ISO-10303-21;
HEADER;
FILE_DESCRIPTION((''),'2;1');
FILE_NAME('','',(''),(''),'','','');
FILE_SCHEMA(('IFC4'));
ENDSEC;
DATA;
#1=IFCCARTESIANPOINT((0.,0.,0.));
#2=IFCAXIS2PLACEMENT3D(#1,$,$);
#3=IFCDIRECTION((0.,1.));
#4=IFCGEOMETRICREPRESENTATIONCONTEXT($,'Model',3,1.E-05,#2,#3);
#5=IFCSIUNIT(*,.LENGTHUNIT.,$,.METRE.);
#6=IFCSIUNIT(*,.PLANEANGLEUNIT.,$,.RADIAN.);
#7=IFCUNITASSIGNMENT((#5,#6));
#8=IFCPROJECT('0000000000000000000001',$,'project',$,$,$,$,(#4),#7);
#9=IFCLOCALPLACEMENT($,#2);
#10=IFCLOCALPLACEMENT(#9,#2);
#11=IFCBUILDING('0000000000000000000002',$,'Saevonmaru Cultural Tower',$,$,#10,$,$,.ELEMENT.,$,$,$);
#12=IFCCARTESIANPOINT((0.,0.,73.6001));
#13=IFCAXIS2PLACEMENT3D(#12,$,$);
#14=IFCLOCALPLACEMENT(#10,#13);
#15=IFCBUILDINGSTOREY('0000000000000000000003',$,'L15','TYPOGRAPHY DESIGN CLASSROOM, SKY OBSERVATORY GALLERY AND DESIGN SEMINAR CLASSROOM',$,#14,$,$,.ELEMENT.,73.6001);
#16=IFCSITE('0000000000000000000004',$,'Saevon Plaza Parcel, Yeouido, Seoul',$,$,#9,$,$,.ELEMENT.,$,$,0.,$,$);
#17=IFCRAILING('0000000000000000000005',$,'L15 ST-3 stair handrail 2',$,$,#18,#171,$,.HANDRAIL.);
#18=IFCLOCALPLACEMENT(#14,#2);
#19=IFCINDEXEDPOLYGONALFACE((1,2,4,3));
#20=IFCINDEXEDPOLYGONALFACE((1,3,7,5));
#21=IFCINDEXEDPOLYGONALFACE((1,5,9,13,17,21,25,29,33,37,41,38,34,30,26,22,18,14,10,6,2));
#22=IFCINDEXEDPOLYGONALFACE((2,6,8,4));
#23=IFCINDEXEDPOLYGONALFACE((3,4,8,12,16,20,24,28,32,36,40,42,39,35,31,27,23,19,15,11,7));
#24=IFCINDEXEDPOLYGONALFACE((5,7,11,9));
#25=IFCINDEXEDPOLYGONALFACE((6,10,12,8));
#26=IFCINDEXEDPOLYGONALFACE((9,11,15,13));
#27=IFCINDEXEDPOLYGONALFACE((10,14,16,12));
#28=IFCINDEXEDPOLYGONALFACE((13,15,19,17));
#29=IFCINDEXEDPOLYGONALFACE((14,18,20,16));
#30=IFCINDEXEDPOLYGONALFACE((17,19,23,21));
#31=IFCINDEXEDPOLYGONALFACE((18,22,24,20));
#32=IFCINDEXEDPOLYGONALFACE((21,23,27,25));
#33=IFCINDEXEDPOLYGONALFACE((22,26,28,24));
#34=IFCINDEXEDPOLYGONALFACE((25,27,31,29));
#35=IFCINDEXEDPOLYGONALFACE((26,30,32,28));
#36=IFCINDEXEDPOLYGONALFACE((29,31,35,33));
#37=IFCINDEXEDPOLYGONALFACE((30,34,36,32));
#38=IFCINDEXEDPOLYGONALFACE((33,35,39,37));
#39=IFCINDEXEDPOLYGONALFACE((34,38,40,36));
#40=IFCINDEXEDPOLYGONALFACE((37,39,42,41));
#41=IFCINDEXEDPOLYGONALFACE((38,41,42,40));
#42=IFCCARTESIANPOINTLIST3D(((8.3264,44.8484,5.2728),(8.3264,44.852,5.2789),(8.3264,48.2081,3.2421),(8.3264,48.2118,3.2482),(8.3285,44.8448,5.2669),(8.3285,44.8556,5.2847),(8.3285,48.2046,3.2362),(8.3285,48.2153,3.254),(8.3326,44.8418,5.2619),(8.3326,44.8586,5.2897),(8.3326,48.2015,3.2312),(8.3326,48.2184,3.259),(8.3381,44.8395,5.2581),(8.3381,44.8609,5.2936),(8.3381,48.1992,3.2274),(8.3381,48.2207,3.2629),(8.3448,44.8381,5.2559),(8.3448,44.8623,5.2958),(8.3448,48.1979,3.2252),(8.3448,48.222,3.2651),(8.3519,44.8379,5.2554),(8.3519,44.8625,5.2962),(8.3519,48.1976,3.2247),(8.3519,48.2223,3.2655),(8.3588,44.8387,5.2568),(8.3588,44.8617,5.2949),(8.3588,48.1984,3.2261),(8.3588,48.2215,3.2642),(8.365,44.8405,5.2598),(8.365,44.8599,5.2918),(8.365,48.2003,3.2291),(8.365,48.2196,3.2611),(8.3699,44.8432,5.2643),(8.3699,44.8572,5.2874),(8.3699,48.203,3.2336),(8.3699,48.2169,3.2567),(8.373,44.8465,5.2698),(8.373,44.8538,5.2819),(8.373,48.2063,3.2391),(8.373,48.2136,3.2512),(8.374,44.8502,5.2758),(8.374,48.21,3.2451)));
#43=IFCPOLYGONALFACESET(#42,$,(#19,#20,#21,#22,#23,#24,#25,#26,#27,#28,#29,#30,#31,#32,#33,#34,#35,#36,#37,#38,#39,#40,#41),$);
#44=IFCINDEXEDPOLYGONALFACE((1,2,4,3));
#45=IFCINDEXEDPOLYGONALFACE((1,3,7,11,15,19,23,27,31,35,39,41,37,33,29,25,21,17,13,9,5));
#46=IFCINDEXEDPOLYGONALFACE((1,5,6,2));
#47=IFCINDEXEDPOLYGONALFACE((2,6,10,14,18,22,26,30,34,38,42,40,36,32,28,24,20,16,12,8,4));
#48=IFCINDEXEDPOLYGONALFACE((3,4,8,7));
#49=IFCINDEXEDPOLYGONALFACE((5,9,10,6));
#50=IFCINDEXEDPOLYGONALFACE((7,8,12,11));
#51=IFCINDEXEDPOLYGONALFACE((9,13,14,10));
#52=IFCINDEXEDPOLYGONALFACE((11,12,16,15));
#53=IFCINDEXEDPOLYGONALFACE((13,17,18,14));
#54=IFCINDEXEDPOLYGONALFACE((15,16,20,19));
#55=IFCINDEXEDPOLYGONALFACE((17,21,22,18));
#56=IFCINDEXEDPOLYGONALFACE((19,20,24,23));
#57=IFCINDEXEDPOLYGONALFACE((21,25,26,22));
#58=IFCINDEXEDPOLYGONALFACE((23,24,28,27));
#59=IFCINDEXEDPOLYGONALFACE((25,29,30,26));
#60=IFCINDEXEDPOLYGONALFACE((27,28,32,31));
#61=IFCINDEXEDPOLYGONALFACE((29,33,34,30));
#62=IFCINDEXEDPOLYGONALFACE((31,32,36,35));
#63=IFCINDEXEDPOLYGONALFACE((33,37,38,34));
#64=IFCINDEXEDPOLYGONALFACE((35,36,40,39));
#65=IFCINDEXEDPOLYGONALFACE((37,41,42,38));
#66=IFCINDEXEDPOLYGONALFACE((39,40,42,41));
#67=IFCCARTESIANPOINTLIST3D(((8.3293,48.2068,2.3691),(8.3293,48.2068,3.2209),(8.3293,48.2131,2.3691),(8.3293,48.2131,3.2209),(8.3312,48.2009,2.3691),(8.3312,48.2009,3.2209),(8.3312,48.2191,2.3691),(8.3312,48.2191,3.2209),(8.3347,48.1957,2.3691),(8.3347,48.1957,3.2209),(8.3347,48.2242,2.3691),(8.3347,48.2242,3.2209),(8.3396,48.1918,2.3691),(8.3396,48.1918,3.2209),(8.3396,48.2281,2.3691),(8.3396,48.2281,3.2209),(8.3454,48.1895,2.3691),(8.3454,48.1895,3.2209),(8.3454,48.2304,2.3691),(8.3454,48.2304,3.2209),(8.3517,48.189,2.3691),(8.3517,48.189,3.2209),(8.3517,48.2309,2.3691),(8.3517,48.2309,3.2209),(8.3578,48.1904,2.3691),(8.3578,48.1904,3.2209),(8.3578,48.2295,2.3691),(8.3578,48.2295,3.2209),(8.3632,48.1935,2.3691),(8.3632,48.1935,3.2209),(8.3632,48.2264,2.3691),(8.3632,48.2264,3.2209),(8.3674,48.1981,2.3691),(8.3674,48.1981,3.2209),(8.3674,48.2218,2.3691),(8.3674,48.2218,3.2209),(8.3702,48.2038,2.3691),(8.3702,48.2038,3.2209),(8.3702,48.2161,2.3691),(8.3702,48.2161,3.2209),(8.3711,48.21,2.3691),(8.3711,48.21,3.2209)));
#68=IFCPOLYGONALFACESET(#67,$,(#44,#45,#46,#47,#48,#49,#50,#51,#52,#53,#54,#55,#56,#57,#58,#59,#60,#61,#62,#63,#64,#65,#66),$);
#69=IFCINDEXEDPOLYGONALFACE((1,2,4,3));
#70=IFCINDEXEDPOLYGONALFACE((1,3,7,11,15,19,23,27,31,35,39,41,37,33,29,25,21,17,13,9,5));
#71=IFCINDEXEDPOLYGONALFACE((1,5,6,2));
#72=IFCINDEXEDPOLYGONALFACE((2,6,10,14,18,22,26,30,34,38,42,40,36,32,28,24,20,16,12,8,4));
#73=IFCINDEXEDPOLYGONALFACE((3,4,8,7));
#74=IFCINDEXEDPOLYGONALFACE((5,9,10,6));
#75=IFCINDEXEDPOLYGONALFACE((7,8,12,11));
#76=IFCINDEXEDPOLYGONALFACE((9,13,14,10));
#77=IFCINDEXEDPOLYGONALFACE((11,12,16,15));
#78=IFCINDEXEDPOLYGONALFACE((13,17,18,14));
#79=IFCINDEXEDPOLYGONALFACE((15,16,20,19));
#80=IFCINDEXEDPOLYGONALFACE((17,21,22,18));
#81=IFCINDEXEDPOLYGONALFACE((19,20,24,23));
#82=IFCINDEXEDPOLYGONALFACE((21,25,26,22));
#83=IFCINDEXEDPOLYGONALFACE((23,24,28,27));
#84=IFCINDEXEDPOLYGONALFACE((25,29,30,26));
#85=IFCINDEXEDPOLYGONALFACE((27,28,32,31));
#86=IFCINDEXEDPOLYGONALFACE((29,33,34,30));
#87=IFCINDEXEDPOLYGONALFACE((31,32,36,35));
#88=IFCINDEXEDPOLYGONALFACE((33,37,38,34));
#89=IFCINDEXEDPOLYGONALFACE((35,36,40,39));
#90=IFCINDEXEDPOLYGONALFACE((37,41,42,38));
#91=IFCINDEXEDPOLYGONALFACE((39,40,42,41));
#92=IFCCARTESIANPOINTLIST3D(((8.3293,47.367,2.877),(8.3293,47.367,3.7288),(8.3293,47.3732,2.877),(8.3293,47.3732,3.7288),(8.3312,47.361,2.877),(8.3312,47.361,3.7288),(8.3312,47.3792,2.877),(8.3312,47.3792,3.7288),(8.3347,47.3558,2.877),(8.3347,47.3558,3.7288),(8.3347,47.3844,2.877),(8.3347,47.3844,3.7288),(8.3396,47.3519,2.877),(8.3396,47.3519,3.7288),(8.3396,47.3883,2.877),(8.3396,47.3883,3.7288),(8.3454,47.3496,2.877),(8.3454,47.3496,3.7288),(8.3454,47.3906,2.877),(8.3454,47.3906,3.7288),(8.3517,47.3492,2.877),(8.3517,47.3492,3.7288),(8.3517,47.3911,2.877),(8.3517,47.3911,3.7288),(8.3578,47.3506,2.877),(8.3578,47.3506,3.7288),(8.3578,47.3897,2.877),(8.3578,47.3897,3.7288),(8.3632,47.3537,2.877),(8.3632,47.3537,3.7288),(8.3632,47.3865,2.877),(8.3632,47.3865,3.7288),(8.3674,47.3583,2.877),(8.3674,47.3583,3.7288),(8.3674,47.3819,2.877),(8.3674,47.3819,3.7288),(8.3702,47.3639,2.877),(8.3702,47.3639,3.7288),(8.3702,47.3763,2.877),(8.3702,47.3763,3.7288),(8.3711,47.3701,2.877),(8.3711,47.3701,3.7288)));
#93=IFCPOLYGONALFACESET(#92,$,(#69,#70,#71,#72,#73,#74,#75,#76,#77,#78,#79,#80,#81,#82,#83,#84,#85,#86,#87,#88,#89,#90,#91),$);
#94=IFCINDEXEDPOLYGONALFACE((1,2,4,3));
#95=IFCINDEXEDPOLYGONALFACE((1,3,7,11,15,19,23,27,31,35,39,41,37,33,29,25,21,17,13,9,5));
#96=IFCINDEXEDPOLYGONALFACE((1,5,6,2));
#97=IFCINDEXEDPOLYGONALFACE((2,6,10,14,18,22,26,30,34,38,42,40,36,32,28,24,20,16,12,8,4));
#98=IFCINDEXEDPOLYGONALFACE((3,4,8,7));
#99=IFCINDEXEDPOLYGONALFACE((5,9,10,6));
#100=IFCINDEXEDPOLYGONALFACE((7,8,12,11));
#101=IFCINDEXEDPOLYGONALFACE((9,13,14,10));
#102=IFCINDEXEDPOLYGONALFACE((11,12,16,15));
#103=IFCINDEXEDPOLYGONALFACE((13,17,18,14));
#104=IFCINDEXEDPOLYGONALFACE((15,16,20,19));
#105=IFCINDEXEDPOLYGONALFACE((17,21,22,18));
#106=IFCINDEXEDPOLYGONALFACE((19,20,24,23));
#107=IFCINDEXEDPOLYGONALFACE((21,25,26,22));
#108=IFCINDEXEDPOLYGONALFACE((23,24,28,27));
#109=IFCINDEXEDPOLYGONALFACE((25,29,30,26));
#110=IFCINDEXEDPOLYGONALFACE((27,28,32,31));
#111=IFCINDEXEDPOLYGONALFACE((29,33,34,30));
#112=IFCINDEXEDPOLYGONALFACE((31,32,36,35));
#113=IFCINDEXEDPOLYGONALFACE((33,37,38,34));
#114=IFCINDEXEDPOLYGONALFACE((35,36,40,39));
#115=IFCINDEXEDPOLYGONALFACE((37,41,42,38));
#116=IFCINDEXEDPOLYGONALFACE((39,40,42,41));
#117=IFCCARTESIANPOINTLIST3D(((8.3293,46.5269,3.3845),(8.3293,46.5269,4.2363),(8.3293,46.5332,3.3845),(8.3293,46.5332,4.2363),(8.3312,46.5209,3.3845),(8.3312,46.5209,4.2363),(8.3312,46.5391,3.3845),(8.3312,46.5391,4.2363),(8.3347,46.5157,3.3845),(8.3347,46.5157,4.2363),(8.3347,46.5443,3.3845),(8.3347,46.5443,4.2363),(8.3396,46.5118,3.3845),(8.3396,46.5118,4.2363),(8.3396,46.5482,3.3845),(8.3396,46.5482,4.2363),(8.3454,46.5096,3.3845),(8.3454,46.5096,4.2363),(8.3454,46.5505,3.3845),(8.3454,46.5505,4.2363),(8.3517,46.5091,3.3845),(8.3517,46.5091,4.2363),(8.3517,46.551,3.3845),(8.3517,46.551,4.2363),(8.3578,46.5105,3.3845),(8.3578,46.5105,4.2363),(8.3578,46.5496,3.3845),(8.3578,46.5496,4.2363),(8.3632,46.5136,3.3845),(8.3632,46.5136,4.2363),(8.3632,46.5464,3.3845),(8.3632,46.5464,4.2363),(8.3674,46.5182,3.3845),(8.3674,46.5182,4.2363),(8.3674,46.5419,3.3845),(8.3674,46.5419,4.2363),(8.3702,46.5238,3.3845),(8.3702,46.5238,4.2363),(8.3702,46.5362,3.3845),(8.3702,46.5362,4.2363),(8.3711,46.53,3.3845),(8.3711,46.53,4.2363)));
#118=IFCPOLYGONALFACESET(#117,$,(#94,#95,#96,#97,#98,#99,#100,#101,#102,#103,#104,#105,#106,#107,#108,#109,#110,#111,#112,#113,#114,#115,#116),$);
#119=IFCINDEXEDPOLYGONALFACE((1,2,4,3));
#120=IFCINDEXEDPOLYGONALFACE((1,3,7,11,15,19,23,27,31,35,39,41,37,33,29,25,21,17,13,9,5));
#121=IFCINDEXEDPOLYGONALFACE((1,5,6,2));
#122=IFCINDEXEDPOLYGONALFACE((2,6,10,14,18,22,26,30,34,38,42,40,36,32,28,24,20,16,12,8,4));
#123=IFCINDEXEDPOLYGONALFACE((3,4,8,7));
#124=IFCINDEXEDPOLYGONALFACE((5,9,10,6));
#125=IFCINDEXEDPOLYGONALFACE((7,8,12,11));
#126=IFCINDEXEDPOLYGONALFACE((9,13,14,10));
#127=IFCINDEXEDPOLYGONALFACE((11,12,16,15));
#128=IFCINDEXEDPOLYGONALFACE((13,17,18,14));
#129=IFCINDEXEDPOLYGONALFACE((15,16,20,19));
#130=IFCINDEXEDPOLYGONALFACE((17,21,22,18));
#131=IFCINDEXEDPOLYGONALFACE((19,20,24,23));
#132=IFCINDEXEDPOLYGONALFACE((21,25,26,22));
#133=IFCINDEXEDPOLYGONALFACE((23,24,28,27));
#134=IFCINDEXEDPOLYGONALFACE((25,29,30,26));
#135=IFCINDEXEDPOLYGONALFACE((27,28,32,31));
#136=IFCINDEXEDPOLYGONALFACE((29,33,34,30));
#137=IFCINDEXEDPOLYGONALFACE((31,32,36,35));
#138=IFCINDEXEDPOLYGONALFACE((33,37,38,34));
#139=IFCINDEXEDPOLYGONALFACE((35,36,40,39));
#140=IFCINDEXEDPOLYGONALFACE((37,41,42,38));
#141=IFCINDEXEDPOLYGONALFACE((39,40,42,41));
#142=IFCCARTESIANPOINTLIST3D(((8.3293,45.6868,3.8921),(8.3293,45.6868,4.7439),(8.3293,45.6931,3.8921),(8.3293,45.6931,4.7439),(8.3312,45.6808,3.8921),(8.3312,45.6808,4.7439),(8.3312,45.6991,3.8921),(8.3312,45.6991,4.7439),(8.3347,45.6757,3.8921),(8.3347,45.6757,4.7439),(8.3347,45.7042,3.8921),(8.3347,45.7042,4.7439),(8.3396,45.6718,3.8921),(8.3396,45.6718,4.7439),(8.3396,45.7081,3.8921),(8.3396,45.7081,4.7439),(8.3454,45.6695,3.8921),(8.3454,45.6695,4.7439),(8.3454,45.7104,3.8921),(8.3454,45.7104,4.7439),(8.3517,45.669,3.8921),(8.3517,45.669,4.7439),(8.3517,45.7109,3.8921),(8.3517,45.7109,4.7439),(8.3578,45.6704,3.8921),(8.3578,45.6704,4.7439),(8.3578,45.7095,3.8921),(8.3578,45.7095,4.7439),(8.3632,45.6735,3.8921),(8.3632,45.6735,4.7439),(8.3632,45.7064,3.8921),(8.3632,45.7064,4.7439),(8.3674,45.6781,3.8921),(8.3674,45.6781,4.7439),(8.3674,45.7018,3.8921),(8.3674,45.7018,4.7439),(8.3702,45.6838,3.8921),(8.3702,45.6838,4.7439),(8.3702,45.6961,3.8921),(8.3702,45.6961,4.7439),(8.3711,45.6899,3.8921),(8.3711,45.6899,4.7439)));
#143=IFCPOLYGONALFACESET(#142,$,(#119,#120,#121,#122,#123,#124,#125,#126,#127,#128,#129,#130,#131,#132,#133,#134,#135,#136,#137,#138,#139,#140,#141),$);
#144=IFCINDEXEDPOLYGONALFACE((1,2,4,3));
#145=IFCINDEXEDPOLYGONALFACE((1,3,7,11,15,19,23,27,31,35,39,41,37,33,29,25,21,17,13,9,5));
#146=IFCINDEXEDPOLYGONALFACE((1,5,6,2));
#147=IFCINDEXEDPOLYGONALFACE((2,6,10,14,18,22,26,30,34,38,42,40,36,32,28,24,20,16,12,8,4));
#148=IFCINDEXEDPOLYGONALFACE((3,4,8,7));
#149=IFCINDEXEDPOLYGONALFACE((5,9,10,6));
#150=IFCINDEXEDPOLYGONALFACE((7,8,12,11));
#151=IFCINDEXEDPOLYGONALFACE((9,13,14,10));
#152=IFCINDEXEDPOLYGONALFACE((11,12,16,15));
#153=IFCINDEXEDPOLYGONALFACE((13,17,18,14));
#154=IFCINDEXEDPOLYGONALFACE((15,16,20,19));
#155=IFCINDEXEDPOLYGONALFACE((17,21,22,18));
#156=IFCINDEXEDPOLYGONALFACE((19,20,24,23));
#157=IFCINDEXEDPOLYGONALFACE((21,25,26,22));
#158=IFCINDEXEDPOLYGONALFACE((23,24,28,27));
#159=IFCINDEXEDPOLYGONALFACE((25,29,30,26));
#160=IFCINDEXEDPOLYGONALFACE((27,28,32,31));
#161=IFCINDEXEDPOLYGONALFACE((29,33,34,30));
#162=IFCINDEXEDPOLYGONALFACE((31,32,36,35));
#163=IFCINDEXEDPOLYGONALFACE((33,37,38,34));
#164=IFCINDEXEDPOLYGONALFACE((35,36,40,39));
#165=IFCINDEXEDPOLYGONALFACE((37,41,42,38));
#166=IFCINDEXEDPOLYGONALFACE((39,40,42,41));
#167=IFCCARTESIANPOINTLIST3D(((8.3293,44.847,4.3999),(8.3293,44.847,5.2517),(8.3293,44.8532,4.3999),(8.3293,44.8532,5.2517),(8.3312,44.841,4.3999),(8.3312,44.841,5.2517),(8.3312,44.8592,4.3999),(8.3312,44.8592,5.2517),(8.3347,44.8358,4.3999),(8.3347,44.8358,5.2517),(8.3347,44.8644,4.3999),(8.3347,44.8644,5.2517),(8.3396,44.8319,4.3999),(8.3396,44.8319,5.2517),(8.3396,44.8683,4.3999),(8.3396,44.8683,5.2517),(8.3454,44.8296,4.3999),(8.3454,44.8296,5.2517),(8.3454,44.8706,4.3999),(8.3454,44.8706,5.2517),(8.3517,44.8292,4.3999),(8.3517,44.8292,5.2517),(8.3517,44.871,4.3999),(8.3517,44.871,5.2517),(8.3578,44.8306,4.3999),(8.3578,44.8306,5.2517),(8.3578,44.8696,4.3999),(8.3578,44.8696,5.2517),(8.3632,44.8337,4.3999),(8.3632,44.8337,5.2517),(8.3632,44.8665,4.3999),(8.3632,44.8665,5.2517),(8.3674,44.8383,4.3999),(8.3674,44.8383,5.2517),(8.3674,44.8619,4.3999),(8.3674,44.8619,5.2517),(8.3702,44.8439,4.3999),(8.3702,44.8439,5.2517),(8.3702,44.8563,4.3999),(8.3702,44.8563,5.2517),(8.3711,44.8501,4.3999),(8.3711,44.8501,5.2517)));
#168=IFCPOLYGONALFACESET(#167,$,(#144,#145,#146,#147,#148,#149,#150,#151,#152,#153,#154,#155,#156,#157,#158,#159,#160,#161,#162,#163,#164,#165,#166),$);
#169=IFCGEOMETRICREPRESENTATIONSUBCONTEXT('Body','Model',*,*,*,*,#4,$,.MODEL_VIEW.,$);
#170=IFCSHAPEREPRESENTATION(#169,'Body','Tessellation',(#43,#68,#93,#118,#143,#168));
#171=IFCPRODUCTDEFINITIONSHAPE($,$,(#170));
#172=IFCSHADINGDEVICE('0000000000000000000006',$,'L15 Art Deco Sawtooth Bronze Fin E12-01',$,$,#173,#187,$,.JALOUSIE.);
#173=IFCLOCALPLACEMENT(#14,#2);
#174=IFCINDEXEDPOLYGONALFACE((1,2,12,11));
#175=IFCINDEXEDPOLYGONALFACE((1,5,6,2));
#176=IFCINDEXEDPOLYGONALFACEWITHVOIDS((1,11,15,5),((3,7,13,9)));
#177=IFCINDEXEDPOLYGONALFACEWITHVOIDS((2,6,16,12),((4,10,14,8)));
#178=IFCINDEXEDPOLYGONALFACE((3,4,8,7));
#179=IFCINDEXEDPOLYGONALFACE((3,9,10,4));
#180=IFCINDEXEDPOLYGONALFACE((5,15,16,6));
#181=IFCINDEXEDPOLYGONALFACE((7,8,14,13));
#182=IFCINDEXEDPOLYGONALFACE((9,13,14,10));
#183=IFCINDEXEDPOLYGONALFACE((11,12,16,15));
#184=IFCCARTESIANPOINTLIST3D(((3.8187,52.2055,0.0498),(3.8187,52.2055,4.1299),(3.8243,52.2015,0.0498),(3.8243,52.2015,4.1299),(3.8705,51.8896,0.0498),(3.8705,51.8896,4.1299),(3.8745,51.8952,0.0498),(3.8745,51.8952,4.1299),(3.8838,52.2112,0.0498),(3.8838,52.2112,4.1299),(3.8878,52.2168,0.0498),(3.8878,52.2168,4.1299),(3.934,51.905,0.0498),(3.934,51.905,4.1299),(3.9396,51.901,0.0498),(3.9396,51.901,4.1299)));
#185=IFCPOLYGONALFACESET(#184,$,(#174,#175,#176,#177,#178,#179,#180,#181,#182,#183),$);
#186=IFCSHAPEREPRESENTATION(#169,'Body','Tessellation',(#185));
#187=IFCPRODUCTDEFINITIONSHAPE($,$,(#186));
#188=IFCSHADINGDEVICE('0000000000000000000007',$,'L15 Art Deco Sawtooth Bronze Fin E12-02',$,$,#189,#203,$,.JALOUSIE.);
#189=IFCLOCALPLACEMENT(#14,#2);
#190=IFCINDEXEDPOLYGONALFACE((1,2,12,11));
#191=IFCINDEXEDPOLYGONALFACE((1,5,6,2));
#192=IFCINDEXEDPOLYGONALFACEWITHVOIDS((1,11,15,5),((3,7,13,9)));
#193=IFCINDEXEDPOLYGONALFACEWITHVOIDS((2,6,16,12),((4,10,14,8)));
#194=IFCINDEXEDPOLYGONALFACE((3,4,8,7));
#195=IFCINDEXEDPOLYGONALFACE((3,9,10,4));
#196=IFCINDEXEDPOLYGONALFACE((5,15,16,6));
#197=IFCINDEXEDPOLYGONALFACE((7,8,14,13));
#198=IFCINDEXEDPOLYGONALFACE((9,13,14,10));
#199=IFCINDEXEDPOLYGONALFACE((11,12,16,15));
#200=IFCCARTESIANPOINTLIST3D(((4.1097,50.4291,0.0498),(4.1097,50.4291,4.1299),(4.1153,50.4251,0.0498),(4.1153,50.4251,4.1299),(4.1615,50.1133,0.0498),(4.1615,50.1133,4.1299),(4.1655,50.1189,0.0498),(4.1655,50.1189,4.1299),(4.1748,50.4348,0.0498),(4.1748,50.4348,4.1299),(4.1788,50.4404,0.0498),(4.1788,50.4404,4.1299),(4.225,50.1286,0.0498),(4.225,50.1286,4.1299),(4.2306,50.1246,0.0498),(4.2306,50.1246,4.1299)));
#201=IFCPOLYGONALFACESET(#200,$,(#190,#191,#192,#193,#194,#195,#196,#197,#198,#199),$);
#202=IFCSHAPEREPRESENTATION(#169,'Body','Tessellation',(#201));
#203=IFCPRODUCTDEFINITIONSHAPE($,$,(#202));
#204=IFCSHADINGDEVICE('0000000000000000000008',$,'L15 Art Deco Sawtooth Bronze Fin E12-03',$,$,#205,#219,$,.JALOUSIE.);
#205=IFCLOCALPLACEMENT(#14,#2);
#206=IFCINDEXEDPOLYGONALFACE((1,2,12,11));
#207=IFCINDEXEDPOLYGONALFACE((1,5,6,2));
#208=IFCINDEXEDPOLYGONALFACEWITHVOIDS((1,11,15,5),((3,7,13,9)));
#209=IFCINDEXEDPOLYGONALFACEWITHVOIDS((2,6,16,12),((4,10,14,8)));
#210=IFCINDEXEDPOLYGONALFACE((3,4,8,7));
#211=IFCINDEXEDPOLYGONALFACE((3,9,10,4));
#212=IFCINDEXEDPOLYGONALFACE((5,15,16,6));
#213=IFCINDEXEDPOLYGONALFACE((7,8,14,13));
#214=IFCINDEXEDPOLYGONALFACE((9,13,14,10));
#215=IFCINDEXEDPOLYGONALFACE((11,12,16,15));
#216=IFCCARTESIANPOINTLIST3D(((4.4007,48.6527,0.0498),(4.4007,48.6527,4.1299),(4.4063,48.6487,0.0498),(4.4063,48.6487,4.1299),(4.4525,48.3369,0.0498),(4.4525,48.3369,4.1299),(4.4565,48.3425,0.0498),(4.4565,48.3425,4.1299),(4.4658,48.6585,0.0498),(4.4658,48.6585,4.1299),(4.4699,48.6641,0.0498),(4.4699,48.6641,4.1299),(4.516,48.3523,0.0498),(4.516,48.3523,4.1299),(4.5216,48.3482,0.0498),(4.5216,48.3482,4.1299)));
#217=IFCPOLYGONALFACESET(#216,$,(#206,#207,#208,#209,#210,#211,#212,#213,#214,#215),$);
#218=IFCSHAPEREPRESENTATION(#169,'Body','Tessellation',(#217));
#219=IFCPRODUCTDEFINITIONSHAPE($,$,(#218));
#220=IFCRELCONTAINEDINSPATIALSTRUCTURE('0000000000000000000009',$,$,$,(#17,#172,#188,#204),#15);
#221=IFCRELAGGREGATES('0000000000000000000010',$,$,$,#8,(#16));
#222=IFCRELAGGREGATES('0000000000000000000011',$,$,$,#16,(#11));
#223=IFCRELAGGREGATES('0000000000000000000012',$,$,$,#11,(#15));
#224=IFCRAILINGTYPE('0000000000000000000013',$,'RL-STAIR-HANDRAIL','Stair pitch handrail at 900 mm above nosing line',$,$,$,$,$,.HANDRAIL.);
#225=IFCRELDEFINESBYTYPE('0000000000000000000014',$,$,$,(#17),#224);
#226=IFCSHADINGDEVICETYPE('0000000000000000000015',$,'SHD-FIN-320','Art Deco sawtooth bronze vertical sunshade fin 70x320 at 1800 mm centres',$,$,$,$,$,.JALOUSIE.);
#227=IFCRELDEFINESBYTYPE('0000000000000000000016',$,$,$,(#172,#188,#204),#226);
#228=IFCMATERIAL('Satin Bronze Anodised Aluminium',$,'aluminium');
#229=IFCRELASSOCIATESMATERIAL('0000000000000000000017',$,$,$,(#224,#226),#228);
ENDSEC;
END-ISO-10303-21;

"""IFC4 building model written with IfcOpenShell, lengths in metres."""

from ifc_helpers import new_model, si_unit, direction, frame, origin, origin_2d, place, context, subcontext, project, spatial, hollow_rectangle, circle, extrude, material, material_profile, profile_set, type_object, element, save


model = new_model("IFC4")

# Units and contexts
model_context = context("Model", 3, precision=1e-05, world=origin(), true_north=direction((0.0, 1.0)))
body_context = subcontext(model_context, "Body", "Model", "MODEL_VIEW")
ifc_project = project(units=[si_unit("LENGTHUNIT", "METRE"), si_unit("PLANEANGLEUNIT", "RADIAN")], contexts=[model_context])

# Site, building, storey
site_placement = place(None, origin())
site = spatial("IfcSite", under=ifc_project, at=site_placement, Name="Saevon Plaza Parcel, Yeouido, Seoul", CompositionType="ELEMENT", RefElevation=0.0)
building_placement = place(site_placement, origin())
building = spatial("IfcBuilding", under=site, at=building_placement, Name="Saevonmaru Cultural Tower", CompositionType="ELEMENT")
storey_placement = place(building_placement, frame((0.0, 0.0, 73.6001)))
storey = spatial("IfcBuildingStorey", under=building, at=storey_placement, Name="L15", Description="TYPOGRAPHY DESIGN CLASSROOM, SKY OBSERVATORY GALLERY AND DESIGN SEMINAR CLASSROOM", CompositionType="ELEMENT", Elevation=73.6001)

# Shared definitions
ifc_material_1 = material(Name="Satin Bronze Anodised Aluminium", Category="aluminium")

# Railing
railing_type_1 = type_object("IfcRailingType", Name="RL-STAIR-HANDRAIL", Description="Stair pitch handrail at 900 mm above nosing line", PredefinedType="HANDRAIL", material=ifc_material_1)
railing_1_placement = place(storey_placement, frame((8.3501, 48.21, 2.3691)))
element("IfcRailing", 1, at=railing_1_placement, inside=storey, type_object=railing_type_1, Name="L15 ST-3 stair handrail 2", PredefinedType="HANDRAIL", context=body_context, shape_type="SweptSolid", body=[
    extrude(circle(Radius=0.0239, at=origin_2d()), frame((0.0, 0.0, 0.876), z_axis=(0.0, -0.85582, 0.517273), x_axis=(1.0, 0.0, 0.0)), (0.0, 0.0, 1.0), 3.9258),
    extrude(circle(Radius=0.021, at=origin_2d()), origin(), (0.0, 0.0, 1.0), 0.8518),
    extrude(circle(Radius=0.021, at=origin_2d()), frame((0.0, -0.8398, 0.5078)), (0.0, 0.0, 1.0), 0.8518),
    extrude(circle(Radius=0.021, at=origin_2d()), frame((0.0, -1.6799, 1.0154)), (0.0, 0.0, 1.0), 0.8518),
    extrude(circle(Radius=0.021, at=origin_2d()), frame((0.0, -2.52, 1.5229)), (0.0, 0.0, 1.0), 0.8518),
    extrude(circle(Radius=0.021, at=origin_2d()), frame((0.0, -3.3599, 2.0308)), (0.0, 0.0, 1.0), 0.8518),
])

# Shading devices
ifc_material_profile_1 = material_profile(ifc_material_1, hollow_rectangle(XDim=0.0701, YDim=0.3201, WallThickness=0.0049, at=origin_2d()), Name="FIN-320x70")
ifc_profile_set_1 = profile_set([ifc_material_profile_1], Name="Satin Bronze Anodised Aluminium")
shading_device_type = type_object("IfcShadingDeviceType", Name="SHD-FIN-320", Description="Art Deco sawtooth bronze vertical sunshade fin 70x320 at 1800 mm centres", PredefinedType="JALOUSIE", material=ifc_profile_set_1)
for number, where, z_axis, x_axis, name in (
    (2, (3.8792, 52.0532, 0.0498), (0.0, 0.0, 1.0), (-0.986827, -0.161776, 0.0), "L15 Art Deco Sawtooth Bronze Fin E12-01"),
    (3, (4.1702, 50.2769, 0.0498), (0.0, 0.0, 1.0), (-0.986827, -0.161776, 0.0), "L15 Art Deco Sawtooth Bronze Fin E12-02"),
    (4, (4.4612, 48.5005, 0.0498), (0.0, 0.0, 1.0), (-0.986827, -0.161776, 0.0), "L15 Art Deco Sawtooth Bronze Fin E12-03"),
):
    element("IfcShadingDevice", number, at=place(storey_placement, frame(where, z_axis=z_axis, x_axis=x_axis)), inside=storey, type_object=shading_device_type, Name=name, PredefinedType="JALOUSIE", context=body_context, shape_type="SweptSolid", body=[
        extrude(hollow_rectangle(XDim=0.0701, YDim=0.3201, WallThickness=0.0049, at=origin_2d()), origin(), (0.0, 0.0, 1.0), 4.0801),
    ])

save(model, "model.ifc")
